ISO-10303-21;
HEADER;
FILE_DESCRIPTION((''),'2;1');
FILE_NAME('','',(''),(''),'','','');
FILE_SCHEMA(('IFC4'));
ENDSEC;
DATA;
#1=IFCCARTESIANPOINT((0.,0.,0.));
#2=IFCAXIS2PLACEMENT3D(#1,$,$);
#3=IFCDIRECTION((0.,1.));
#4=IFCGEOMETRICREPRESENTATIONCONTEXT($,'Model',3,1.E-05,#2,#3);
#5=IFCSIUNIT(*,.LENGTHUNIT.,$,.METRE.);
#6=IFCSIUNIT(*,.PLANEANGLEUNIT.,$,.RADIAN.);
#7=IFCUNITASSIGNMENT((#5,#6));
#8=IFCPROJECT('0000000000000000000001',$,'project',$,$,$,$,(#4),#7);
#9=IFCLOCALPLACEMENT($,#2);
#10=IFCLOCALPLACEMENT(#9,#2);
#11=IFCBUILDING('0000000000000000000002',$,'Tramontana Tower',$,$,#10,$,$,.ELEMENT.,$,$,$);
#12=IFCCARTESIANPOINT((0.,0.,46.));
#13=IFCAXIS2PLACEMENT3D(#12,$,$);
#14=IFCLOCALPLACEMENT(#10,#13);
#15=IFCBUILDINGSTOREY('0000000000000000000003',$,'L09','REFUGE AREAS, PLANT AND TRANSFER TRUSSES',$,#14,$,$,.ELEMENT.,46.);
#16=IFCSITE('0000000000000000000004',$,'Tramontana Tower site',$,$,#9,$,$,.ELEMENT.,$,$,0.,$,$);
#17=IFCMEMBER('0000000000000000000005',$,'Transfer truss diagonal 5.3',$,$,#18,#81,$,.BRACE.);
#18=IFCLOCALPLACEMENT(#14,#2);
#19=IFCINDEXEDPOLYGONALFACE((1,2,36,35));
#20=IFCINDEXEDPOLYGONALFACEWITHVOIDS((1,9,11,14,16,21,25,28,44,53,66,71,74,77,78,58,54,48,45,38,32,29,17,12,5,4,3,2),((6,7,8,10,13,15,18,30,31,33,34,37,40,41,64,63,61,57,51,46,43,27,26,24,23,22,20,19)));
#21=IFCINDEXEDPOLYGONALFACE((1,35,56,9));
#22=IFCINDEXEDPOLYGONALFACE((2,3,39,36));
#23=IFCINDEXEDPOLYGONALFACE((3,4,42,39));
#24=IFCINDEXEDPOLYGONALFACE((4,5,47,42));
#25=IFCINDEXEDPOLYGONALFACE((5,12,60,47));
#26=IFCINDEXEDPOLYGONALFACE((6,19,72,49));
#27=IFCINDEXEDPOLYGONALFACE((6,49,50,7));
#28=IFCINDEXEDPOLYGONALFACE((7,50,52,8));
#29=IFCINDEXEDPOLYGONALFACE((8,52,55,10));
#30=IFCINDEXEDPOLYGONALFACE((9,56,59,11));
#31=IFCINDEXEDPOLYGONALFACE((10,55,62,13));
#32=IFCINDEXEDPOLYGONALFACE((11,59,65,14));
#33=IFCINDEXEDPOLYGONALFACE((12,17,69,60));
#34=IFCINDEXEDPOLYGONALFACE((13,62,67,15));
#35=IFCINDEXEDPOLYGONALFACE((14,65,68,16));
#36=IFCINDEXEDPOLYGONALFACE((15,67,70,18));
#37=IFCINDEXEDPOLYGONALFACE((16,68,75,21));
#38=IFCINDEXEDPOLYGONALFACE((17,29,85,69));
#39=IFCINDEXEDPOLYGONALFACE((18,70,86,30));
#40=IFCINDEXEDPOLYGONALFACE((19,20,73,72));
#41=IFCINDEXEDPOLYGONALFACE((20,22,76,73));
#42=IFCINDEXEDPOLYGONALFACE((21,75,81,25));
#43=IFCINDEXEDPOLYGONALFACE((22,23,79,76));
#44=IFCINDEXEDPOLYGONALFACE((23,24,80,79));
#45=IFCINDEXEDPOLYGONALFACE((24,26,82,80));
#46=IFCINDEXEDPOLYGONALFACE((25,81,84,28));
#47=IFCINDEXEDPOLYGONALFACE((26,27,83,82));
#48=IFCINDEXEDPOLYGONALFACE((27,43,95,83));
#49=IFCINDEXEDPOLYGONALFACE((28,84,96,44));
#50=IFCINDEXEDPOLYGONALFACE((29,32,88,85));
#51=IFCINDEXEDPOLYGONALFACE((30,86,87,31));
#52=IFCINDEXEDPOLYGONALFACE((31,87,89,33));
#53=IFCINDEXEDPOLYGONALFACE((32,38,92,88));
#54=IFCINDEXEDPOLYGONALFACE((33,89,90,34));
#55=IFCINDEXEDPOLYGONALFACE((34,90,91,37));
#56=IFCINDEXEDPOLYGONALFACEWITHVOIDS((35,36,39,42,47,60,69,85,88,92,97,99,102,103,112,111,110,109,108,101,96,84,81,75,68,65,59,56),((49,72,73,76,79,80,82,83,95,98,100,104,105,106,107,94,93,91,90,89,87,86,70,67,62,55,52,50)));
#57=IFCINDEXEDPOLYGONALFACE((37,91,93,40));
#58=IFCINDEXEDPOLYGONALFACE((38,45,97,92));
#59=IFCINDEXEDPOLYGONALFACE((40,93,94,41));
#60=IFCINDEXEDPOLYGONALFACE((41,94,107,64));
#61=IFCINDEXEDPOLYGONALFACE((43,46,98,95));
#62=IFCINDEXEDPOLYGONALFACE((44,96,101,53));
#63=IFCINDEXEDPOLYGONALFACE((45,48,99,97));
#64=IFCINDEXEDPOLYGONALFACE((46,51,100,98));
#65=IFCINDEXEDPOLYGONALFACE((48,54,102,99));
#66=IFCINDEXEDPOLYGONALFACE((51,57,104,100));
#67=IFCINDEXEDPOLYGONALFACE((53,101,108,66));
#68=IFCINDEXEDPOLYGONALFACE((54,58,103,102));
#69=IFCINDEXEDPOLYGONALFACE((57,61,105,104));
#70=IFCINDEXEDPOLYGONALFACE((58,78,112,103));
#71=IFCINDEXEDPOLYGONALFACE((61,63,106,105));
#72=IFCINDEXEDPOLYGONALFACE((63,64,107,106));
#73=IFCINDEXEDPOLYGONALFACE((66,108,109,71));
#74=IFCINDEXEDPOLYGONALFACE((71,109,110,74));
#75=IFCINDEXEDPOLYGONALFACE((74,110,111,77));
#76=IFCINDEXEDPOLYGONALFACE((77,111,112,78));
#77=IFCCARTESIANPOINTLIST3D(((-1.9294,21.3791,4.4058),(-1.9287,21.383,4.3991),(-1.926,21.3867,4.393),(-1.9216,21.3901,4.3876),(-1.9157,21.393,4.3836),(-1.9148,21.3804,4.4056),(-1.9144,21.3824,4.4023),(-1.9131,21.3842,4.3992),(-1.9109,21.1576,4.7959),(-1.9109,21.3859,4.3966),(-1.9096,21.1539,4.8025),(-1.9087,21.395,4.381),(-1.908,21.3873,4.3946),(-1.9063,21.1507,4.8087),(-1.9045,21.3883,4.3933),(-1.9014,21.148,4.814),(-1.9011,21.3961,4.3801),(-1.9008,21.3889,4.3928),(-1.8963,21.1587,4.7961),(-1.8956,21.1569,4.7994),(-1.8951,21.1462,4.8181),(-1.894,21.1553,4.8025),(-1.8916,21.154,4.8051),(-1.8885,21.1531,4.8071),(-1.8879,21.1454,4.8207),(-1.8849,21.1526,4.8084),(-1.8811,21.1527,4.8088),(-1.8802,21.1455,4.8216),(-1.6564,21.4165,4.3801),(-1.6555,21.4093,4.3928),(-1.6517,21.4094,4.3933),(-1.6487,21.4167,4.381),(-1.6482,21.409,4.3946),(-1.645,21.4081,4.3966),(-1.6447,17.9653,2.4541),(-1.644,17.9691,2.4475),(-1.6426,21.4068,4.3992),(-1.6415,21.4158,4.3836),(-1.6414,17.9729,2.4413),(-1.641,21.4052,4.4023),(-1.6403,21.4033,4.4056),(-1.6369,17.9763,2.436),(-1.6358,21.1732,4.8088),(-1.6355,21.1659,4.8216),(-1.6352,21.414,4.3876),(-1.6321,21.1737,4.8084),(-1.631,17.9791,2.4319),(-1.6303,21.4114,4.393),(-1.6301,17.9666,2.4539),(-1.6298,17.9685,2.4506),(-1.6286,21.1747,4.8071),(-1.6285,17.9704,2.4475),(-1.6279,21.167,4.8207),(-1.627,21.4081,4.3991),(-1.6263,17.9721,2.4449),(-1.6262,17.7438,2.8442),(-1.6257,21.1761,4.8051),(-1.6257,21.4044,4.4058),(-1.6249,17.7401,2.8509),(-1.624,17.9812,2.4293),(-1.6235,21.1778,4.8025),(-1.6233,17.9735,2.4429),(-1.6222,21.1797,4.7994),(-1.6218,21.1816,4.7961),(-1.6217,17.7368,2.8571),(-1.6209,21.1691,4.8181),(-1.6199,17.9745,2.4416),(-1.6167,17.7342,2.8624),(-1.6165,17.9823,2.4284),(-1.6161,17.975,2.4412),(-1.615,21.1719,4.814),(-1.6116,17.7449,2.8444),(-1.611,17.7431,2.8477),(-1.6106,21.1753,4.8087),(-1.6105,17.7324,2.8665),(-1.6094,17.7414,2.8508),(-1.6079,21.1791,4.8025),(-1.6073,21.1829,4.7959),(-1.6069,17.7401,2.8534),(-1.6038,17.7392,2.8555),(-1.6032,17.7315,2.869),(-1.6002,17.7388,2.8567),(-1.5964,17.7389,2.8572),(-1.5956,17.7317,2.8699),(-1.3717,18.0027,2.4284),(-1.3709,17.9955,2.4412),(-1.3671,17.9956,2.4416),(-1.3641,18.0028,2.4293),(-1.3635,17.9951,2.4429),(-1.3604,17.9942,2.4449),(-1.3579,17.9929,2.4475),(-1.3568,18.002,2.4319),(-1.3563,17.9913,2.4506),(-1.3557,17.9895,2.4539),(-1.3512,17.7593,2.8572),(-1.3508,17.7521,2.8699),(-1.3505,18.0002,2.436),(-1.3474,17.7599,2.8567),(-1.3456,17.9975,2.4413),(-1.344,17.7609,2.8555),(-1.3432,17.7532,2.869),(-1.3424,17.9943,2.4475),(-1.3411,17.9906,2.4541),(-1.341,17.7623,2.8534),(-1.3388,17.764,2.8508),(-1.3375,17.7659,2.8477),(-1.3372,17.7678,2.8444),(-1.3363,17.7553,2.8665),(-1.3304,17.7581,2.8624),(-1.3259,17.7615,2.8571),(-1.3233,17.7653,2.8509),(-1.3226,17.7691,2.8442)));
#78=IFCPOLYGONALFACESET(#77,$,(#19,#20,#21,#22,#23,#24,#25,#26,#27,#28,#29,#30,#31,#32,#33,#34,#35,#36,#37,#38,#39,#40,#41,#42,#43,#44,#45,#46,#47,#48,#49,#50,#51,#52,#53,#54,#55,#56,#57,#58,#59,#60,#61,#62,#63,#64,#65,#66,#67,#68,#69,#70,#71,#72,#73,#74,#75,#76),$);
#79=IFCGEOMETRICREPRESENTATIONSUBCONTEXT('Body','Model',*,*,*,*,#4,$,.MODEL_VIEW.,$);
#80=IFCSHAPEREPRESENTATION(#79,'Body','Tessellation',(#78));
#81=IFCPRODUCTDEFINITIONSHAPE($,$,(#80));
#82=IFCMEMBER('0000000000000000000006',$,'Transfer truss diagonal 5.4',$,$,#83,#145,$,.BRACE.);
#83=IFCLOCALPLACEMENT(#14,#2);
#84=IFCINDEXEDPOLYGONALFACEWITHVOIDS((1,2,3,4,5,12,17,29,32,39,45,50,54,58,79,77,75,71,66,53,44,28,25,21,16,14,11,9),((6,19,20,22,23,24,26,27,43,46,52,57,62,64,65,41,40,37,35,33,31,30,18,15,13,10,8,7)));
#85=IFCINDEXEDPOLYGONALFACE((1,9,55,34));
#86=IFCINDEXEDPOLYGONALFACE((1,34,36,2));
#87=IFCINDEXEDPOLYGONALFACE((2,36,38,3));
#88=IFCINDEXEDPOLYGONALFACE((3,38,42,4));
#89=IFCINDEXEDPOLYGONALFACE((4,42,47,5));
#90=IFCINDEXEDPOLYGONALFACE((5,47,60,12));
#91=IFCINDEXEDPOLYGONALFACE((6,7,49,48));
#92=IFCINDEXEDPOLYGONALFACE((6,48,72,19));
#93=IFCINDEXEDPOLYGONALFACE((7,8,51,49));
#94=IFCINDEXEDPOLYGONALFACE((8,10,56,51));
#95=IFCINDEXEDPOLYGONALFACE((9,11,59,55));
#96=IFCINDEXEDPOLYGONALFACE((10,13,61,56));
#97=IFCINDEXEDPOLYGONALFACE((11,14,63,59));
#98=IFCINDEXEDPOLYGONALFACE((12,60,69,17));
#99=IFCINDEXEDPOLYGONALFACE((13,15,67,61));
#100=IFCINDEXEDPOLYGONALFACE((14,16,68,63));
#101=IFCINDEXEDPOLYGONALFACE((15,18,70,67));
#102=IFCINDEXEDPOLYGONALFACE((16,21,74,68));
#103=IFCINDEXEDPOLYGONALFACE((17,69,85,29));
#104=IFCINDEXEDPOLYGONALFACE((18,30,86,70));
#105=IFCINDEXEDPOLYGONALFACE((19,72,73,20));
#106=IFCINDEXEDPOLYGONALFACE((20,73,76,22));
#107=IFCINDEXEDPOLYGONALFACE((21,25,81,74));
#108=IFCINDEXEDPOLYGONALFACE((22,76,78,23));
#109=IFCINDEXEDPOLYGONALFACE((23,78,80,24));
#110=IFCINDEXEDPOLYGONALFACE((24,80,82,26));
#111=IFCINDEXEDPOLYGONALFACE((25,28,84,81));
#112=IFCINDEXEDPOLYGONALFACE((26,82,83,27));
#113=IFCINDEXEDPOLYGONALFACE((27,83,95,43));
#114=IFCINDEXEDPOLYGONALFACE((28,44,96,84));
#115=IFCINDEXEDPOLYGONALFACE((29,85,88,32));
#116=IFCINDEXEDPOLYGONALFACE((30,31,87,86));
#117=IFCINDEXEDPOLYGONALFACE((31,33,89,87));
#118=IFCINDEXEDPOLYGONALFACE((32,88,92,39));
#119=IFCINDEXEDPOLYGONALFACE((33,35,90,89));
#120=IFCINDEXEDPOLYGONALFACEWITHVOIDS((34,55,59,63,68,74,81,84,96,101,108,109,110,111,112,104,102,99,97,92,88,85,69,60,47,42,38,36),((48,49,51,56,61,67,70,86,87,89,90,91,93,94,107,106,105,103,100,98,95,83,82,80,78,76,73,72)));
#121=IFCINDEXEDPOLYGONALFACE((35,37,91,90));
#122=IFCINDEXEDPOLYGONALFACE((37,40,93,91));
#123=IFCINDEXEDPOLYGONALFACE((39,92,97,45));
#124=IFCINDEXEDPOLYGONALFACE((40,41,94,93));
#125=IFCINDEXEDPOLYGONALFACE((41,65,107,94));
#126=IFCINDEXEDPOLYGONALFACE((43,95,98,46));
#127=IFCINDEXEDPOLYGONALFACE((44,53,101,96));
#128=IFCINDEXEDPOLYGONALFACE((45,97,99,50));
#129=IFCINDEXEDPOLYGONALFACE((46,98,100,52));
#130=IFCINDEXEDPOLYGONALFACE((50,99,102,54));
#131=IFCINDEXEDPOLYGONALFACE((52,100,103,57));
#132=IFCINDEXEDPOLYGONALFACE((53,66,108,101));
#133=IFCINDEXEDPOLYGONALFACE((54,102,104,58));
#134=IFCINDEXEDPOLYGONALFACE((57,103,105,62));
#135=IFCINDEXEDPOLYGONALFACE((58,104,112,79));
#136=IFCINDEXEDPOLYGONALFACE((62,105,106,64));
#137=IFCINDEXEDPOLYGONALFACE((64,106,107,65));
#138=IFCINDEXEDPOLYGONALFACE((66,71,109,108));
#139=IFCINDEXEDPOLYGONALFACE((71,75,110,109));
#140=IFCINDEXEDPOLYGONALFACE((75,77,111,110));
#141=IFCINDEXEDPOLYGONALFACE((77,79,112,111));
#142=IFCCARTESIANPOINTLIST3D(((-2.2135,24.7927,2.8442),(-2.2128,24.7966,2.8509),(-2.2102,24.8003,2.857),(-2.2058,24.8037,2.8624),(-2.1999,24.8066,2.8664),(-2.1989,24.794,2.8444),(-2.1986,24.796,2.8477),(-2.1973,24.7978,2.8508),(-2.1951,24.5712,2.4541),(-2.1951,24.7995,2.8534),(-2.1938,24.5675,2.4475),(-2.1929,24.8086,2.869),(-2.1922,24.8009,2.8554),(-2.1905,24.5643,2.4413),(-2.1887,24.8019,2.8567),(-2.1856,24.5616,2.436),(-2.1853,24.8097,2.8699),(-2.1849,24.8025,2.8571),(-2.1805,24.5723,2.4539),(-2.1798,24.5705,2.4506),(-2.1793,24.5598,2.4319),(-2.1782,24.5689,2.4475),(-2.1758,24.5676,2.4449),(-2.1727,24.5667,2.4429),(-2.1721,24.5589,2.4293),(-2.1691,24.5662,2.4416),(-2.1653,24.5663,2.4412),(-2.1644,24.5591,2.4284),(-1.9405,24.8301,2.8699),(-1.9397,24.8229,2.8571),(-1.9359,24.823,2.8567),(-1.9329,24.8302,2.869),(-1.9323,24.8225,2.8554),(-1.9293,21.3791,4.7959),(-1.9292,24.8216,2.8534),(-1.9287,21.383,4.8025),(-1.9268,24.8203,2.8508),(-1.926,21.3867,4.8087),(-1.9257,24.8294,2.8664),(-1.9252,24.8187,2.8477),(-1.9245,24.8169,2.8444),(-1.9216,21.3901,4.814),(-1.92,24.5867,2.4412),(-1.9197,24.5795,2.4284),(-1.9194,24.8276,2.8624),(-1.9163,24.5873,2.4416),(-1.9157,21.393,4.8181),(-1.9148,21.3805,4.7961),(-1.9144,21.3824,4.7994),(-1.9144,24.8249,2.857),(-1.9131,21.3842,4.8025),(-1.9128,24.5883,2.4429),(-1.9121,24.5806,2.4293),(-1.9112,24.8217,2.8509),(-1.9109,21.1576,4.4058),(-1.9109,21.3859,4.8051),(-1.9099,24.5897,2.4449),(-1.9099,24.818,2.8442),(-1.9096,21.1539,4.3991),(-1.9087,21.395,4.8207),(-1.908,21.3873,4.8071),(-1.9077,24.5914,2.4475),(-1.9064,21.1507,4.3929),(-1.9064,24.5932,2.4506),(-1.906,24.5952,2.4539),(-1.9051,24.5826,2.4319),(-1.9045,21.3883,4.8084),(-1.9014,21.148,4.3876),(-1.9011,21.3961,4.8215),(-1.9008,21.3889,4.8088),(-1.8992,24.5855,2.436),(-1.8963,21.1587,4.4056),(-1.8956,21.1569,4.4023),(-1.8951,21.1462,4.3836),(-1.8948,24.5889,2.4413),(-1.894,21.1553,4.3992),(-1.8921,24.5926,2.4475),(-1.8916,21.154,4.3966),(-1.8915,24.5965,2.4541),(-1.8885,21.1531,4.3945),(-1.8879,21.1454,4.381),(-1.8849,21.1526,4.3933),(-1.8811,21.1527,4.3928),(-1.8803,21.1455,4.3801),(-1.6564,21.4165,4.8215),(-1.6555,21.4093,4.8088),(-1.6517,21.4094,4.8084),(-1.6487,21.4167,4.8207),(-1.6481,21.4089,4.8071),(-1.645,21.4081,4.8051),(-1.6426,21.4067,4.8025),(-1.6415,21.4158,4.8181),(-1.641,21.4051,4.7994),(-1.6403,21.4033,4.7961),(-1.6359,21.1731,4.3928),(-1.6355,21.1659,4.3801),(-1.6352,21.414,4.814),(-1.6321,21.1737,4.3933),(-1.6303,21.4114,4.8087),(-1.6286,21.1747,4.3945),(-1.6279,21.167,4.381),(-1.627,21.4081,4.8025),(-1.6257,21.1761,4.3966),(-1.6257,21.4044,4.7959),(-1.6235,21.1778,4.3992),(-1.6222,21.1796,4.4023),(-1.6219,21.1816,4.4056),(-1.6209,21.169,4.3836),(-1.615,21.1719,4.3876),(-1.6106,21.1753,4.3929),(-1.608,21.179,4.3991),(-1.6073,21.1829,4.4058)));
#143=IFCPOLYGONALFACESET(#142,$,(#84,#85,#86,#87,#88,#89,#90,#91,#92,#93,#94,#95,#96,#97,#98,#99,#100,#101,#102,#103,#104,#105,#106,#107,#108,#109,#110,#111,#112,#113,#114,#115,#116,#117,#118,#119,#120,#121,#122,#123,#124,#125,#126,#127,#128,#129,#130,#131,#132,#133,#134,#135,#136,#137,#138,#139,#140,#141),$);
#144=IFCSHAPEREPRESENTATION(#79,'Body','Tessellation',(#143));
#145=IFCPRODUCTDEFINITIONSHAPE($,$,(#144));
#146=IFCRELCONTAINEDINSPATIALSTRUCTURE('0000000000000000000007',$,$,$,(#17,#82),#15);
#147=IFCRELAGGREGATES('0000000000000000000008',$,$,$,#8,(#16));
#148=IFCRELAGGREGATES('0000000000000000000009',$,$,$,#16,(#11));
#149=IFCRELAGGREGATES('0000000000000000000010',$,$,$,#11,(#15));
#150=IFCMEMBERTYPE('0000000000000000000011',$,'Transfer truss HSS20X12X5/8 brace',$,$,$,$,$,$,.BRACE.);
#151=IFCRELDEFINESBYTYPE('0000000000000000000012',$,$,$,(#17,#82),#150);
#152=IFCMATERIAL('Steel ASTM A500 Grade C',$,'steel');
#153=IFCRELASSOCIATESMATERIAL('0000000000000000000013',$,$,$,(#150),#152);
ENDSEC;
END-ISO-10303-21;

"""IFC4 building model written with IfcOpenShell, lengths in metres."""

from ifc_helpers import new_model, si_unit, direction, frame, origin, origin_2d, place, context, subcontext, project, spatial, hollow_rectangle, extrude, material, material_profile, profile_set, type_object, element, save


model = new_model("IFC4")

# Units and contexts
model_context = context("Model", 3, precision=1e-05, world=origin(), true_north=direction((0.0, 1.0)))
body_context = subcontext(model_context, "Body", "Model", "MODEL_VIEW")
ifc_project = project(units=[si_unit("LENGTHUNIT", "METRE"), si_unit("PLANEANGLEUNIT", "RADIAN")], contexts=[model_context])

# Site, building, storey
site_placement = place(None, origin())
site = spatial("IfcSite", under=ifc_project, at=site_placement, Name="Tramontana Tower site", CompositionType="ELEMENT", RefElevation=0.0)
building_placement = place(site_placement, origin())
building = spatial("IfcBuilding", under=site, at=building_placement, Name="Tramontana Tower", CompositionType="ELEMENT")
storey_placement = place(building_placement, frame((0.0, 0.0, 46.0)))
storey = spatial("IfcBuildingStorey", under=building, at=storey_placement, Name="L09", Description="REFUGE AREAS, PLANT AND TRANSFER TRUSSES", CompositionType="ELEMENT", Elevation=46.0)

# Members
ifc_material_1 = material(Name="Steel ASTM A500 Grade C", Category="steel")
ifc_material_profile_1 = material_profile(ifc_material_1, hollow_rectangle(XDim=0.3047, YDim=0.5081, WallThickness=0.0146, InnerFilletRadius=0.0146, OuterFilletRadius=0.0295, at=origin_2d()), Name="HSS20X12X5/8")
ifc_profile_set_1 = profile_set([ifc_material_profile_1], Name="Steel ASTM A500 Grade C")
member_type_1 = type_object("IfcMemberType", Name="Transfer truss HSS20X12X5/8 brace", PredefinedType="BRACE", material=ifc_profile_set_1)
member_1_placement = place(storey_placement, frame((-1.4836, 17.8672, 2.6492), z_axis=(-0.072203, 0.865878, 0.495017), x_axis=(-0.996541, -0.083099, 0.0)))
element("IfcMember", 1, at=member_1_placement, inside=storey, type_object=member_type_1, Name="Transfer truss diagonal 5.3", PredefinedType="BRACE", context=body_context, shape_type="SweptSolid", body=[
    extrude(hollow_rectangle(XDim=0.3047, YDim=0.5081, WallThickness=0.0146, InnerFilletRadius=0.0146, OuterFilletRadius=0.0295, at=origin_2d()), origin(), (0.0, 0.0, 1.0), 3.9426),
])
member_2_placement = place(storey_placement, frame((-1.7683, 21.281, 4.6008), z_axis=(-0.072084, 0.86587, -0.495048), x_axis=(-0.996553, -0.082963, 0.0)))
element("IfcMember", 2, at=member_2_placement, inside=storey, type_object=member_type_1, Name="Transfer truss diagonal 5.4", PredefinedType="BRACE", context=body_context, shape_type="SweptSolid", body=[
    extrude(hollow_rectangle(XDim=0.3047, YDim=0.5081, WallThickness=0.0146, InnerFilletRadius=0.0146, OuterFilletRadius=0.0295, at=origin_2d()), origin(), (0.0, 0.0, 1.0), 3.9424),
])

save(model, "model.ifc")
